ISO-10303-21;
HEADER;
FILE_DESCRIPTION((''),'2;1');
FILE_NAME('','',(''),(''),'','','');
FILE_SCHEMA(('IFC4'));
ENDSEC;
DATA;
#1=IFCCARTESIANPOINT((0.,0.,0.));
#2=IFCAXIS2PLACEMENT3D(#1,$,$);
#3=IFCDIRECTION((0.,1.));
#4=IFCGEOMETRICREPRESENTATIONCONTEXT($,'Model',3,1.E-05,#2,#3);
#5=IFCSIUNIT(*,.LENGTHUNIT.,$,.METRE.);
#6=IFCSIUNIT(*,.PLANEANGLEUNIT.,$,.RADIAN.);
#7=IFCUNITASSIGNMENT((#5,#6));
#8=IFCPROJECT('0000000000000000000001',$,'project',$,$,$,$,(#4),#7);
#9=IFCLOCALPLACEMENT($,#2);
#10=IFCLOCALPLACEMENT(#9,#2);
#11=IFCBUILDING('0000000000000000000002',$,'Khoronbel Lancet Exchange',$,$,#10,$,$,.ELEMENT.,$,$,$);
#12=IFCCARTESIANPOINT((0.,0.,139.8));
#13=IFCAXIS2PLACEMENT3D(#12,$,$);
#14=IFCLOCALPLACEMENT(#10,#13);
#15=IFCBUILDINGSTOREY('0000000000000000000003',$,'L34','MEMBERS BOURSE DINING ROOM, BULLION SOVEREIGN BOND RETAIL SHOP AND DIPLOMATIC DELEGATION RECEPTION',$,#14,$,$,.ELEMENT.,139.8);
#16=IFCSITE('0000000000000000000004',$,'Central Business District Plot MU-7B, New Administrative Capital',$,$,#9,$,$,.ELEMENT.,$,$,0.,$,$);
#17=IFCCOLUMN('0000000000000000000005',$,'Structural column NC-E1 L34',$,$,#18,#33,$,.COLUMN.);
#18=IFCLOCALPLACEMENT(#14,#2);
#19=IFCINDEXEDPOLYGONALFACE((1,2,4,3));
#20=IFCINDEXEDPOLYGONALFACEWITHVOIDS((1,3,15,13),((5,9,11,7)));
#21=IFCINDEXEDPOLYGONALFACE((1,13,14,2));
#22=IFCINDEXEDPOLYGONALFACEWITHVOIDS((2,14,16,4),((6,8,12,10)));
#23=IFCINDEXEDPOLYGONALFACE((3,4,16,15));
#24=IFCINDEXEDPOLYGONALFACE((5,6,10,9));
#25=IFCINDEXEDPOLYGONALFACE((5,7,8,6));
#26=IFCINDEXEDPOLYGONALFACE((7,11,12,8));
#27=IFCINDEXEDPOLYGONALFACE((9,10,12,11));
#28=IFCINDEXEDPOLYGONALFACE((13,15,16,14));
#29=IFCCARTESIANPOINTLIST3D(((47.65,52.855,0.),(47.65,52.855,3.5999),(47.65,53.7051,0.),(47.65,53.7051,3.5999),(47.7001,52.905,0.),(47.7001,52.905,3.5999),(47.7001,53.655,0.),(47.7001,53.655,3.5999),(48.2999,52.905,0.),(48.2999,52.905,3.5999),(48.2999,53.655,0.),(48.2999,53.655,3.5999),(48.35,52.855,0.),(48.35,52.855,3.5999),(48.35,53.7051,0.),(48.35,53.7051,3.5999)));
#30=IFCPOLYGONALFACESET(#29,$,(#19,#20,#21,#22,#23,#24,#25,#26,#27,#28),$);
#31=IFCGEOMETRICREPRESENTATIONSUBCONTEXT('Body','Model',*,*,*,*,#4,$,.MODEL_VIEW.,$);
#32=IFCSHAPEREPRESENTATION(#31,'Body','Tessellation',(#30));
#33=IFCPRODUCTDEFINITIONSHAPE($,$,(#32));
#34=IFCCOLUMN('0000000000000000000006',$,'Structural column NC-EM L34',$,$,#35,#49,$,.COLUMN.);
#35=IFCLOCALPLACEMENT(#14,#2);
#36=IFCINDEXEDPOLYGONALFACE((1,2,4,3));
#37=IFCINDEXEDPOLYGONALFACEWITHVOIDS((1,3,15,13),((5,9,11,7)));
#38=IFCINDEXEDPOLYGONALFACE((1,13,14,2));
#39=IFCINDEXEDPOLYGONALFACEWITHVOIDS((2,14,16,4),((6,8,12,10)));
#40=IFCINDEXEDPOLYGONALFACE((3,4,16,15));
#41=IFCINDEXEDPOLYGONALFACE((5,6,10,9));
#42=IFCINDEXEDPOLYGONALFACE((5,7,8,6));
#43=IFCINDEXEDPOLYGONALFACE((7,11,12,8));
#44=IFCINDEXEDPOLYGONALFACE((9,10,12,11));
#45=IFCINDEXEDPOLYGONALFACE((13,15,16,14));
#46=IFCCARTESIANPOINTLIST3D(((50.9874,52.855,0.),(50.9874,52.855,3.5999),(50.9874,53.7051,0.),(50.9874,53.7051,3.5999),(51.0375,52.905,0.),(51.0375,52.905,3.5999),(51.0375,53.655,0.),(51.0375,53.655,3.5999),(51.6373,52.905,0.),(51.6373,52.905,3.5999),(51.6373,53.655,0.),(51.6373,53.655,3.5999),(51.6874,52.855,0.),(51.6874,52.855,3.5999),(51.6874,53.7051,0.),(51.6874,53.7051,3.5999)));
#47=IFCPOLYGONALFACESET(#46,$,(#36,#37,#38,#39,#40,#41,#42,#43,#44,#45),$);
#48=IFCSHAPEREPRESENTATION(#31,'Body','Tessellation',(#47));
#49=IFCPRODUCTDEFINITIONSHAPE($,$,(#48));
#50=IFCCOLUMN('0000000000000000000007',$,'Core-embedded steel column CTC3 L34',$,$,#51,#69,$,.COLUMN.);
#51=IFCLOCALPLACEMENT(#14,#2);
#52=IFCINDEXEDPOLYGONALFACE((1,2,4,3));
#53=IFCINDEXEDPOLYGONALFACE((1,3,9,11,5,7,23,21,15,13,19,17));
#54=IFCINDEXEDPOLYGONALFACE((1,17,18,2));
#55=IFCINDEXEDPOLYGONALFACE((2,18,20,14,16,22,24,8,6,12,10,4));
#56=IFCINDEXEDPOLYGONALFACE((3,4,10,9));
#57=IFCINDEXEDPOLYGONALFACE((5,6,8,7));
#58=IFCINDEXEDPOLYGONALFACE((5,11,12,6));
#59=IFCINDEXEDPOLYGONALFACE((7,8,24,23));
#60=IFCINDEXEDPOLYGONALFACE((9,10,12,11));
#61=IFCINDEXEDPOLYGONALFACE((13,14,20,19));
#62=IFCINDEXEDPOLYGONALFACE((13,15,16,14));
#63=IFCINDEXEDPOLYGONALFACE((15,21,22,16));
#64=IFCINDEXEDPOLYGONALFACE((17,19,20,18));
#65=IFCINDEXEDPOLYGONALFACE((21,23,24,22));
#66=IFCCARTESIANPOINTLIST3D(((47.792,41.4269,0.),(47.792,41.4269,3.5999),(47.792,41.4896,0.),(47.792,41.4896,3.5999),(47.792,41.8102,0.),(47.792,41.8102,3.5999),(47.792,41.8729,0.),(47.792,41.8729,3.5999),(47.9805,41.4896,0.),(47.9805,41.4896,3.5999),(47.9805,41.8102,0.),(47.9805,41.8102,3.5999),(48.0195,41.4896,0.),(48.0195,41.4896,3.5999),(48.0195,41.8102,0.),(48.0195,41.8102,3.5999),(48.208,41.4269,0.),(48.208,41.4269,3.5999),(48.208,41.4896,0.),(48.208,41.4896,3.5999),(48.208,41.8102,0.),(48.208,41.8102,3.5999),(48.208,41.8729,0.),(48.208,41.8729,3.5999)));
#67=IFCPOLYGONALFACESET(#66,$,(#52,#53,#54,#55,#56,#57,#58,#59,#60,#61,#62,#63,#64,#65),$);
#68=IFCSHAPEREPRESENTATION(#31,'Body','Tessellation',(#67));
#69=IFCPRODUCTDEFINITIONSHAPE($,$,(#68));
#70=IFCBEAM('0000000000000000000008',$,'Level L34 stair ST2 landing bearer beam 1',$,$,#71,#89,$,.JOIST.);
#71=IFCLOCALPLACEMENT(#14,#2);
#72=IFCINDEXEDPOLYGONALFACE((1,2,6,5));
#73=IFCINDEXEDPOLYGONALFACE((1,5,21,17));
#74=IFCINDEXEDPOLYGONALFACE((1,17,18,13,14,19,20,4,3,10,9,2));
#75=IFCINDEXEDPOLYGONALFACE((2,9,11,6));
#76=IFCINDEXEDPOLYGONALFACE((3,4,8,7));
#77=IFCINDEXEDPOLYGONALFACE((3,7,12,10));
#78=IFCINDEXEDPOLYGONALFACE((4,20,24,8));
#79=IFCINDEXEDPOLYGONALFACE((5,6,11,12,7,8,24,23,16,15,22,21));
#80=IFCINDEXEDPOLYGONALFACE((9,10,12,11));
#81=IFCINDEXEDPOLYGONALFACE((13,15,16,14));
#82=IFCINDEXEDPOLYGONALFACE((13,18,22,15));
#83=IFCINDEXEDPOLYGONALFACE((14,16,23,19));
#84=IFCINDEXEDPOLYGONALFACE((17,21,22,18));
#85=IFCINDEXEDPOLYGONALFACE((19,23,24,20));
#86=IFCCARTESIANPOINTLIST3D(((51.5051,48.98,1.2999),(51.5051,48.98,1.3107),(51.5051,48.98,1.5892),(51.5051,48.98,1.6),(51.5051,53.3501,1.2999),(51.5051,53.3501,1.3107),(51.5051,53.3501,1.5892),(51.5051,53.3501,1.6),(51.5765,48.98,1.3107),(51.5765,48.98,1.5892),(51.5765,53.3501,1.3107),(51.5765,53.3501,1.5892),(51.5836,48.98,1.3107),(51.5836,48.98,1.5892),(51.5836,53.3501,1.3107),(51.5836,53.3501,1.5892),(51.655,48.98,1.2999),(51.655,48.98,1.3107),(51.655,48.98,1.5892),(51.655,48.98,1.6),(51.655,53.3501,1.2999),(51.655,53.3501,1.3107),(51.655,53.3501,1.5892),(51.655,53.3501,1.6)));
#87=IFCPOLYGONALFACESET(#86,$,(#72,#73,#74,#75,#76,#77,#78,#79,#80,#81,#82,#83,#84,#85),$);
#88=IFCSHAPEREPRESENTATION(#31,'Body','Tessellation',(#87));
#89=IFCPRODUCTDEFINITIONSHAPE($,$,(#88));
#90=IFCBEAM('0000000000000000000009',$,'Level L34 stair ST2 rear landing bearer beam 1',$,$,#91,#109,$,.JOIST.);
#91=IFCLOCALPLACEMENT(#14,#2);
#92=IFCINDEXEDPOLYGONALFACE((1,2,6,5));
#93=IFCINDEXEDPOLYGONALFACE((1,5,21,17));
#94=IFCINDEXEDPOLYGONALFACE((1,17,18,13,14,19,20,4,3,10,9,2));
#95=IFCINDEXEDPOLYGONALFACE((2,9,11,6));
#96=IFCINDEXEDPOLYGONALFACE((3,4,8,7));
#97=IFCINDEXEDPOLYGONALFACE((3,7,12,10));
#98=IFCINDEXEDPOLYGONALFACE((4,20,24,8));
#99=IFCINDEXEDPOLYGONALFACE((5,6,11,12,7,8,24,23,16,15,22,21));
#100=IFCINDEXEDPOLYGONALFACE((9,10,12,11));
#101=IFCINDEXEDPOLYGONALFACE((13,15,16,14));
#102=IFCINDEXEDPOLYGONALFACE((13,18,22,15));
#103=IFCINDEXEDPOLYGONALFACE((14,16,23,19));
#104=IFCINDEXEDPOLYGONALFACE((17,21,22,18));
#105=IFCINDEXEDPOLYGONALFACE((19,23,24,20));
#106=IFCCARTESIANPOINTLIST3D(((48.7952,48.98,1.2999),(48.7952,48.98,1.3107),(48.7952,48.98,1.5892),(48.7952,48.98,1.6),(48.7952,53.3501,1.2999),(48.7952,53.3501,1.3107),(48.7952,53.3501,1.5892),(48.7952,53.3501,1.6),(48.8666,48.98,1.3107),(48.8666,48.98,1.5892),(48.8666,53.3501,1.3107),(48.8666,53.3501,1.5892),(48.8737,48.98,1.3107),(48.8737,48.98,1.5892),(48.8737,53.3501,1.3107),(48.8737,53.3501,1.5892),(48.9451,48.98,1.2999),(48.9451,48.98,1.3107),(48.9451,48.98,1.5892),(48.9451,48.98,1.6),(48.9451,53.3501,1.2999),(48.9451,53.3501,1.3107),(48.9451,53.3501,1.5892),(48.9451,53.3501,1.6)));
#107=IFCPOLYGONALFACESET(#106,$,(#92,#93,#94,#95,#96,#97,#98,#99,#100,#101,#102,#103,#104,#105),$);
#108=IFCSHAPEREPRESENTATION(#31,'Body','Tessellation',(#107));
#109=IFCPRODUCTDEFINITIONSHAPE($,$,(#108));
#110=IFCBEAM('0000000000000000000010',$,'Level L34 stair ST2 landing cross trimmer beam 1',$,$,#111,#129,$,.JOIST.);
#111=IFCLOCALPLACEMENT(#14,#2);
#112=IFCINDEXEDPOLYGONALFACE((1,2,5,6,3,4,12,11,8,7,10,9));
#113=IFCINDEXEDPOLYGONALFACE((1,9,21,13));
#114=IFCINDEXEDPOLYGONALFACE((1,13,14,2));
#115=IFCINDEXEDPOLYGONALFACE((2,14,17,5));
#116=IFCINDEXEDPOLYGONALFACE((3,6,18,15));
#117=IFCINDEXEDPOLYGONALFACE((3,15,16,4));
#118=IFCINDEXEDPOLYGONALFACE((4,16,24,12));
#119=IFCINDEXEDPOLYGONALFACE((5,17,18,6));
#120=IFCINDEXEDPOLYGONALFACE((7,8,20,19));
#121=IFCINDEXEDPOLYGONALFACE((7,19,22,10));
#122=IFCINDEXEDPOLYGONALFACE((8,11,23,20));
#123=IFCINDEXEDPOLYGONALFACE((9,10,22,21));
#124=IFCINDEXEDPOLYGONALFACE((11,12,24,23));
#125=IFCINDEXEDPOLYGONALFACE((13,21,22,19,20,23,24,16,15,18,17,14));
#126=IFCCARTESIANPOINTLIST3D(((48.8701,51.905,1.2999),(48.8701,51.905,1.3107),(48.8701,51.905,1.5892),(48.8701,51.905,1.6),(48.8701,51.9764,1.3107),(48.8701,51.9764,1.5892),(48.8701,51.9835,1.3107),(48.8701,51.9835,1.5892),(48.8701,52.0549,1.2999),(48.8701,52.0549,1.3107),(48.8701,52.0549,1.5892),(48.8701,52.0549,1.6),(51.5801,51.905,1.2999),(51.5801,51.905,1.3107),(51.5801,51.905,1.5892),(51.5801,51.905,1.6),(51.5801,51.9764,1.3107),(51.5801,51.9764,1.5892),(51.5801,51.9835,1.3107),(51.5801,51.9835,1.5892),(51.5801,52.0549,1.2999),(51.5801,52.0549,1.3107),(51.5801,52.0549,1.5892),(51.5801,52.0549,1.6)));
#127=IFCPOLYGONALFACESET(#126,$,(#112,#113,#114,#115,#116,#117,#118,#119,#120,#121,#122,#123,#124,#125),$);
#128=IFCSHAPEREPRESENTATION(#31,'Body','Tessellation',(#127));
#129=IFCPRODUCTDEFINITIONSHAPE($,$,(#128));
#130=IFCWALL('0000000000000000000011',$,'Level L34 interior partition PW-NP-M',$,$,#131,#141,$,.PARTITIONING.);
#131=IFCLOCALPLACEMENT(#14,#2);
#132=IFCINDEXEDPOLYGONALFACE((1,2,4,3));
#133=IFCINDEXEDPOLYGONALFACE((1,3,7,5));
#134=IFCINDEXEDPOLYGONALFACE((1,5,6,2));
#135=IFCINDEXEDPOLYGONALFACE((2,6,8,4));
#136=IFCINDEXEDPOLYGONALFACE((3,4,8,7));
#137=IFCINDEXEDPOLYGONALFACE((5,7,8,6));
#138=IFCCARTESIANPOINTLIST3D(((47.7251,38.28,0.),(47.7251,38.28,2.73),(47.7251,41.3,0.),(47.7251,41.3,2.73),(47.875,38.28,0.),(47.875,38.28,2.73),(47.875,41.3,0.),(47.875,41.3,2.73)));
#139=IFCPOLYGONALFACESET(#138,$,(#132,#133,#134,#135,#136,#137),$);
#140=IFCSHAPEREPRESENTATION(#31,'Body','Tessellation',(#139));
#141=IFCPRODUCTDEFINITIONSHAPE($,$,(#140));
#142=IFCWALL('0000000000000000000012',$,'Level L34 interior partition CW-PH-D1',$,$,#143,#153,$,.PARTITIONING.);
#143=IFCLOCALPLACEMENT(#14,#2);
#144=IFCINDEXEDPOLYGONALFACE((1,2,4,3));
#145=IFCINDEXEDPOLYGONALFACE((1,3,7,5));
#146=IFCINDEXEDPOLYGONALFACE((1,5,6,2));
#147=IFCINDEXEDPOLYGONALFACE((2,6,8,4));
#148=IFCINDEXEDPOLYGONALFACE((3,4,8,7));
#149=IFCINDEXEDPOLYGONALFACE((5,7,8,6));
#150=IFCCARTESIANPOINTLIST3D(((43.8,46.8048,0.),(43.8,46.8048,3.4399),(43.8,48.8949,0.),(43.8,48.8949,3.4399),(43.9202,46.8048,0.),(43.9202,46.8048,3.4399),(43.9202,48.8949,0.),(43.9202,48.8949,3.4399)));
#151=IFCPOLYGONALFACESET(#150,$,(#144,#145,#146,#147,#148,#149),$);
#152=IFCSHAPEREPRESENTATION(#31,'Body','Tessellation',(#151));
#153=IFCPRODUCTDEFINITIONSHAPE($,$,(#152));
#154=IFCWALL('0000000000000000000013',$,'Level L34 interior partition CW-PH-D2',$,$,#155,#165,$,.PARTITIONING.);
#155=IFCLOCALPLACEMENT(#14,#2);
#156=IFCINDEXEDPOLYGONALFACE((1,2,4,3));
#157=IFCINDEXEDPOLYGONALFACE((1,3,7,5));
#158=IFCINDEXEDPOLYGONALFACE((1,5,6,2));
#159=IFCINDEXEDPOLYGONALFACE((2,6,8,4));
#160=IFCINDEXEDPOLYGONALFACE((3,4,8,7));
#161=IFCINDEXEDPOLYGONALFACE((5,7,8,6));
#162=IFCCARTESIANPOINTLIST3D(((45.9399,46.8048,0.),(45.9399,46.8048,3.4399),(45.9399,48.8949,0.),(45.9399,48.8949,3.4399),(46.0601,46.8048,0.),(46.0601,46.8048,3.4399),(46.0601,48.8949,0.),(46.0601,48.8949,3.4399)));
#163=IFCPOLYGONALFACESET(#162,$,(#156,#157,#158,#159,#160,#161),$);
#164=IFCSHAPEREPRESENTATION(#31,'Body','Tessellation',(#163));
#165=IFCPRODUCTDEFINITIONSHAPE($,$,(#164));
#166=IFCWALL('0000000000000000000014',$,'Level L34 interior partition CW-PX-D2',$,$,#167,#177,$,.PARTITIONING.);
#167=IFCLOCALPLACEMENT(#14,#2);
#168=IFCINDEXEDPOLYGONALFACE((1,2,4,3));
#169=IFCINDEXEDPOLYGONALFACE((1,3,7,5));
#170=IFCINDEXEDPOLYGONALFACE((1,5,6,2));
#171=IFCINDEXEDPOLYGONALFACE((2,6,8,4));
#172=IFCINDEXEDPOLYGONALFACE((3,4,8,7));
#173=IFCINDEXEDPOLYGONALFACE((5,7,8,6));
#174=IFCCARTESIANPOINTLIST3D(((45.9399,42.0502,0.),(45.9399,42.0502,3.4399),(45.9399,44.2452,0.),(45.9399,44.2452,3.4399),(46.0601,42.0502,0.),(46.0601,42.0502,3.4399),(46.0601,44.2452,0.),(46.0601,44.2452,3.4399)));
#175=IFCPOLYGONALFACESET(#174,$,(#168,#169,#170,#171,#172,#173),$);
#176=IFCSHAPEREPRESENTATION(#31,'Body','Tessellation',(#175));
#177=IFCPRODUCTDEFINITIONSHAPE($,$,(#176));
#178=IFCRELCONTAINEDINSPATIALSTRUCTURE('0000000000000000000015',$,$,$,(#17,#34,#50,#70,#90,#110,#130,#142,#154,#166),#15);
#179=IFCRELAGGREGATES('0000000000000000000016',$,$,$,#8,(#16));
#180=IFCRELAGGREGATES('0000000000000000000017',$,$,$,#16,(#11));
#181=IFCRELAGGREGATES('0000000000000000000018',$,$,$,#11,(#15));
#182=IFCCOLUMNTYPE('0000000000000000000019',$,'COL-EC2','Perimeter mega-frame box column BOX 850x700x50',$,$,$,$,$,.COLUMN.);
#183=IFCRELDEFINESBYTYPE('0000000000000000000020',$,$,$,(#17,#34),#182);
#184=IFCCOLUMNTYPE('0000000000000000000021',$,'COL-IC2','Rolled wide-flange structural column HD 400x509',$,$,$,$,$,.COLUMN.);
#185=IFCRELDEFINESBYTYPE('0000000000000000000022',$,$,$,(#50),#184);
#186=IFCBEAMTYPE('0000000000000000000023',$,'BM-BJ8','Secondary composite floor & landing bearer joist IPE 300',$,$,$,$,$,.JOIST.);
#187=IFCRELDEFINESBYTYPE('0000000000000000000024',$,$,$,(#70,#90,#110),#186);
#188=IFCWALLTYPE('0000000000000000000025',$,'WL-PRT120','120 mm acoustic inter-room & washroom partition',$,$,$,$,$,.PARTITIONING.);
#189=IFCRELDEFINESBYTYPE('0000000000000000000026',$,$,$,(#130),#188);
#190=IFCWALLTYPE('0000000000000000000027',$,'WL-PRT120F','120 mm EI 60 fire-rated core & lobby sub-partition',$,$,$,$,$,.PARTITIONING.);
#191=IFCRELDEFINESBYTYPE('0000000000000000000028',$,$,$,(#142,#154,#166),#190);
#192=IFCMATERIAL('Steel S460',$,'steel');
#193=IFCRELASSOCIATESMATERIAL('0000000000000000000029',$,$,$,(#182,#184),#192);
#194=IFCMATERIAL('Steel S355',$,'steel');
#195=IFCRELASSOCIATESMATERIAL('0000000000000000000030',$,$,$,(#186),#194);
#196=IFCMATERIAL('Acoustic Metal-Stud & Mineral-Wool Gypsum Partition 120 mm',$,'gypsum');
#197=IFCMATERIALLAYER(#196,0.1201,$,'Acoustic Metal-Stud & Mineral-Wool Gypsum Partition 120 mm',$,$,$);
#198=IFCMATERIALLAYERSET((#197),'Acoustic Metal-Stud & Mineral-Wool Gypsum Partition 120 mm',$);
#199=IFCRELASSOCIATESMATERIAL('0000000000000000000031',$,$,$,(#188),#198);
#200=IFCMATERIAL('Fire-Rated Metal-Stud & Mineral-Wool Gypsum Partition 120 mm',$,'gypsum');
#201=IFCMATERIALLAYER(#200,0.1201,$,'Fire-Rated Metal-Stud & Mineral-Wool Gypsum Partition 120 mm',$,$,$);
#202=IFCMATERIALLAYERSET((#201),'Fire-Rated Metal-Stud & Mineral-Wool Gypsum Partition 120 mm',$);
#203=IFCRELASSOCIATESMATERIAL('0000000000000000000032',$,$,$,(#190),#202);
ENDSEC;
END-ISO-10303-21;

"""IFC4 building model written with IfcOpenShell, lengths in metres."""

from ifc_helpers import new_model, si_unit, direction, frame, frame_2d, origin, origin_2d, place, context, subcontext, project, spatial, rectangle, hollow_rectangle, i_section, extrude, material, layer, layer_set, material_profile, profile_set, type_object, element, save


model = new_model("IFC4")

# Units and contexts
model_context = context("Model", 3, precision=1e-05, world=origin(), true_north=direction((0.0, 1.0)))
body_context = subcontext(model_context, "Body", "Model", "MODEL_VIEW")
ifc_project = project(units=[si_unit("LENGTHUNIT", "METRE"), si_unit("PLANEANGLEUNIT", "RADIAN")], contexts=[model_context])

# Site, building, storey
site_placement = place(None, origin())
site = spatial("IfcSite", under=ifc_project, at=site_placement, Name="Central Business District Plot MU-7B, New Administrative Capital", CompositionType="ELEMENT", RefElevation=0.0)
building_placement = place(site_placement, origin())
building = spatial("IfcBuilding", under=site, at=building_placement, Name="Khoronbel Lancet Exchange", CompositionType="ELEMENT")
storey_placement = place(building_placement, frame((0.0, 0.0, 139.8)))
storey = spatial("IfcBuildingStorey", under=building, at=storey_placement, Name="L34", Description="MEMBERS BOURSE DINING ROOM, BULLION SOVEREIGN BOND RETAIL SHOP AND DIPLOMATIC DELEGATION RECEPTION", CompositionType="ELEMENT", Elevation=139.8)

# Columns
ifc_material_1 = material(Name="Steel S460", Category="steel")
ifc_material_profile_1 = material_profile(ifc_material_1, hollow_rectangle(XDim=0.7, YDim=0.8501, WallThickness=0.05, at=origin_2d()), Name="BOX 850x700x50")
ifc_profile_set_1 = profile_set([ifc_material_profile_1], Name="Steel S460")
column_type_1 = type_object("IfcColumnType", Name="COL-EC2", Description="Perimeter mega-frame box column BOX 850x700x50", PredefinedType="COLUMN", material=ifc_profile_set_1)
for number, where, z_axis, x_axis, name in (
    (1, (48.0, 53.28, 0.0), (0.0, 0.0, 1.0), (1.0, 0.0, 0.0), "Structural column NC-E1 L34"),
    (2, (51.3374, 53.28, 0.0), (0.0, 0.0, 1.0), (1.0, 0.0, 0.0), "Structural column NC-EM L34"),
):
    element("IfcColumn", number, at=place(storey_placement, frame(where, z_axis=z_axis, x_axis=x_axis)), inside=storey, type_object=column_type_1, Name=name, PredefinedType="COLUMN", context=body_context, shape_type="SweptSolid", body=[
        extrude(hollow_rectangle(XDim=0.7, YDim=0.8501, WallThickness=0.05, at=origin_2d()), origin(), (0.0, 0.0, 1.0), 3.5999),
    ])
ifc_material_profile_2 = material_profile(ifc_material_1, i_section(OverallWidth=0.416, OverallDepth=0.446, WebThickness=0.0391, FlangeThickness=0.0627, at=origin_2d()), Name="HD 400x509")
ifc_profile_set_2 = profile_set([ifc_material_profile_2], Name="Steel S460")
column_type_2 = type_object("IfcColumnType", Name="COL-IC2", Description="Rolled wide-flange structural column HD 400x509", PredefinedType="COLUMN", material=ifc_profile_set_2)
column_placement = place(storey_placement, frame((48.0, 41.6499, 0.0), z_axis=(0.0, 0.0, 1.0), x_axis=(1.0, 0.0, 0.0)))
element("IfcColumn", 3, at=column_placement, inside=storey, type_object=column_type_2, Name="Core-embedded steel column CTC3 L34", PredefinedType="COLUMN", context=body_context, shape_type="SweptSolid", body=[
    extrude(i_section(OverallWidth=0.416, OverallDepth=0.446, WebThickness=0.0391, FlangeThickness=0.0627, at=origin_2d()), origin(), (0.0, 0.0, 1.0), 3.5999),
])

# Beams
ifc_material_2 = material(Name="Steel S355", Category="steel")
ifc_material_profile_3 = material_profile(ifc_material_2, i_section(OverallWidth=0.1499, OverallDepth=0.3, WebThickness=0.0071, FlangeThickness=0.0107, at=origin_2d()), Name="IPE 300")
ifc_profile_set_3 = profile_set([ifc_material_profile_3], Name="Steel S355")
beam_type = type_object("IfcBeamType", Name="BM-BJ8", Description="Secondary composite floor & landing bearer joist IPE 300", PredefinedType="JOIST", material=ifc_profile_set_3)
for number, where, z_axis, x_axis, name in (
    (4, (51.5801, 48.98, 1.45), (0.0, 1.0, 0.0), (-1.0, 0.0, 0.0), "Level L34 stair ST2 landing bearer beam 1"),
    (5, (48.8701, 48.98, 1.45), (0.0, 1.0, 0.0), (-1.0, 0.0, 0.0), "Level L34 stair ST2 rear landing bearer beam 1"),
):
    element("IfcBeam", number, at=place(storey_placement, frame(where, z_axis=z_axis, x_axis=x_axis)), inside=storey, type_object=beam_type, Name=name, PredefinedType="JOIST", context=body_context, shape_type="SweptSolid", body=[
        extrude(i_section(OverallWidth=0.1499, OverallDepth=0.3, WebThickness=0.0071, FlangeThickness=0.0107, at=origin_2d()), origin(), (0.0, 0.0, 1.0), 4.3701),
    ])
beam_placement = place(storey_placement, frame((48.8701, 51.98, 1.45), z_axis=(1.0, 0.0, 0.0), x_axis=(0.0, 1.0, 0.0)))
element("IfcBeam", 6, at=beam_placement, inside=storey, type_object=beam_type, Name="Level L34 stair ST2 landing cross trimmer beam 1", PredefinedType="JOIST", context=body_context, shape_type="SweptSolid", body=[
    extrude(i_section(OverallWidth=0.1499, OverallDepth=0.3, WebThickness=0.0071, FlangeThickness=0.0107, at=origin_2d()), origin(), (0.0, 0.0, 1.0), 2.71),
])

# Walls
ifc_material_3 = material(Name="Acoustic Metal-Stud & Mineral-Wool Gypsum Partition 120 mm", Category="gypsum")
ifc_layer_1 = layer(ifc_material_3, 0.1201, Name="Acoustic Metal-Stud & Mineral-Wool Gypsum Partition 120 mm")
ifc_layer_set_1 = layer_set([ifc_layer_1], Name="Acoustic Metal-Stud & Mineral-Wool Gypsum Partition 120 mm")
wall_type_1 = type_object("IfcWallType", Name="WL-PRT120", Description="120 mm acoustic inter-room & washroom partition", PredefinedType="PARTITIONING", material=ifc_layer_set_1)
wall_1_placement = place(storey_placement, frame((47.8, 38.28, 0.0), z_axis=(0.0, 0.0, 1.0), x_axis=(0.0, 1.0, 0.0)))
element("IfcWall", 7, at=wall_1_placement, inside=storey, type_object=wall_type_1, Name="Level L34 interior partition PW-NP-M", PredefinedType="PARTITIONING", context=body_context, shape_type="SweptSolid", body=[
    extrude(rectangle(XDim=3.02, YDim=0.1499, at=frame_2d((1.51, 0.0))), origin(), (0.0, 0.0, 1.0), 2.73),
])
ifc_material_4 = material(Name="Fire-Rated Metal-Stud & Mineral-Wool Gypsum Partition 120 mm", Category="gypsum")
ifc_layer_2 = layer(ifc_material_4, 0.1201, Name="Fire-Rated Metal-Stud & Mineral-Wool Gypsum Partition 120 mm")
ifc_layer_set_2 = layer_set([ifc_layer_2], Name="Fire-Rated Metal-Stud & Mineral-Wool Gypsum Partition 120 mm")
wall_type_2 = type_object("IfcWallType", Name="WL-PRT120F", Description="120 mm EI 60 fire-rated core & lobby sub-partition", PredefinedType="PARTITIONING", material=ifc_layer_set_2)
for number, where, z_axis, x_axis, name in (
    (8, (43.8601, 46.8049, 0.0), (0.0, 0.0, 1.0), (0.0, 1.0, 0.0), "Level L34 interior partition CW-PH-D1"),
    (9, (46.0, 46.8049, 0.0), (0.0, 0.0, 1.0), (0.0, 1.0, 0.0), "Level L34 interior partition CW-PH-D2"),
):
    element("IfcWall", number, at=place(storey_placement, frame(where, z_axis=z_axis, x_axis=x_axis)), inside=storey, type_object=wall_type_2, Name=name, PredefinedType="PARTITIONING", context=body_context, shape_type="SweptSolid", body=[
        extrude(rectangle(XDim=2.0901, YDim=0.1201, at=frame_2d((1.0449, 0.0))), origin(), (0.0, 0.0, 1.0), 3.4399),
    ])
wall_2_placement = place(storey_placement, frame((46.0, 42.05, 0.0), z_axis=(0.0, 0.0, 1.0), x_axis=(0.0, 1.0, 0.0)))
element("IfcWall", 10, at=wall_2_placement, inside=storey, type_object=wall_type_2, Name="Level L34 interior partition CW-PX-D2", PredefinedType="PARTITIONING", context=body_context, shape_type="SweptSolid", body=[
    extrude(rectangle(XDim=2.1951, YDim=0.1201, at=frame_2d((1.0977, 0.0))), origin(), (0.0, 0.0, 1.0), 3.4399),
])

save(model, "model.ifc")
